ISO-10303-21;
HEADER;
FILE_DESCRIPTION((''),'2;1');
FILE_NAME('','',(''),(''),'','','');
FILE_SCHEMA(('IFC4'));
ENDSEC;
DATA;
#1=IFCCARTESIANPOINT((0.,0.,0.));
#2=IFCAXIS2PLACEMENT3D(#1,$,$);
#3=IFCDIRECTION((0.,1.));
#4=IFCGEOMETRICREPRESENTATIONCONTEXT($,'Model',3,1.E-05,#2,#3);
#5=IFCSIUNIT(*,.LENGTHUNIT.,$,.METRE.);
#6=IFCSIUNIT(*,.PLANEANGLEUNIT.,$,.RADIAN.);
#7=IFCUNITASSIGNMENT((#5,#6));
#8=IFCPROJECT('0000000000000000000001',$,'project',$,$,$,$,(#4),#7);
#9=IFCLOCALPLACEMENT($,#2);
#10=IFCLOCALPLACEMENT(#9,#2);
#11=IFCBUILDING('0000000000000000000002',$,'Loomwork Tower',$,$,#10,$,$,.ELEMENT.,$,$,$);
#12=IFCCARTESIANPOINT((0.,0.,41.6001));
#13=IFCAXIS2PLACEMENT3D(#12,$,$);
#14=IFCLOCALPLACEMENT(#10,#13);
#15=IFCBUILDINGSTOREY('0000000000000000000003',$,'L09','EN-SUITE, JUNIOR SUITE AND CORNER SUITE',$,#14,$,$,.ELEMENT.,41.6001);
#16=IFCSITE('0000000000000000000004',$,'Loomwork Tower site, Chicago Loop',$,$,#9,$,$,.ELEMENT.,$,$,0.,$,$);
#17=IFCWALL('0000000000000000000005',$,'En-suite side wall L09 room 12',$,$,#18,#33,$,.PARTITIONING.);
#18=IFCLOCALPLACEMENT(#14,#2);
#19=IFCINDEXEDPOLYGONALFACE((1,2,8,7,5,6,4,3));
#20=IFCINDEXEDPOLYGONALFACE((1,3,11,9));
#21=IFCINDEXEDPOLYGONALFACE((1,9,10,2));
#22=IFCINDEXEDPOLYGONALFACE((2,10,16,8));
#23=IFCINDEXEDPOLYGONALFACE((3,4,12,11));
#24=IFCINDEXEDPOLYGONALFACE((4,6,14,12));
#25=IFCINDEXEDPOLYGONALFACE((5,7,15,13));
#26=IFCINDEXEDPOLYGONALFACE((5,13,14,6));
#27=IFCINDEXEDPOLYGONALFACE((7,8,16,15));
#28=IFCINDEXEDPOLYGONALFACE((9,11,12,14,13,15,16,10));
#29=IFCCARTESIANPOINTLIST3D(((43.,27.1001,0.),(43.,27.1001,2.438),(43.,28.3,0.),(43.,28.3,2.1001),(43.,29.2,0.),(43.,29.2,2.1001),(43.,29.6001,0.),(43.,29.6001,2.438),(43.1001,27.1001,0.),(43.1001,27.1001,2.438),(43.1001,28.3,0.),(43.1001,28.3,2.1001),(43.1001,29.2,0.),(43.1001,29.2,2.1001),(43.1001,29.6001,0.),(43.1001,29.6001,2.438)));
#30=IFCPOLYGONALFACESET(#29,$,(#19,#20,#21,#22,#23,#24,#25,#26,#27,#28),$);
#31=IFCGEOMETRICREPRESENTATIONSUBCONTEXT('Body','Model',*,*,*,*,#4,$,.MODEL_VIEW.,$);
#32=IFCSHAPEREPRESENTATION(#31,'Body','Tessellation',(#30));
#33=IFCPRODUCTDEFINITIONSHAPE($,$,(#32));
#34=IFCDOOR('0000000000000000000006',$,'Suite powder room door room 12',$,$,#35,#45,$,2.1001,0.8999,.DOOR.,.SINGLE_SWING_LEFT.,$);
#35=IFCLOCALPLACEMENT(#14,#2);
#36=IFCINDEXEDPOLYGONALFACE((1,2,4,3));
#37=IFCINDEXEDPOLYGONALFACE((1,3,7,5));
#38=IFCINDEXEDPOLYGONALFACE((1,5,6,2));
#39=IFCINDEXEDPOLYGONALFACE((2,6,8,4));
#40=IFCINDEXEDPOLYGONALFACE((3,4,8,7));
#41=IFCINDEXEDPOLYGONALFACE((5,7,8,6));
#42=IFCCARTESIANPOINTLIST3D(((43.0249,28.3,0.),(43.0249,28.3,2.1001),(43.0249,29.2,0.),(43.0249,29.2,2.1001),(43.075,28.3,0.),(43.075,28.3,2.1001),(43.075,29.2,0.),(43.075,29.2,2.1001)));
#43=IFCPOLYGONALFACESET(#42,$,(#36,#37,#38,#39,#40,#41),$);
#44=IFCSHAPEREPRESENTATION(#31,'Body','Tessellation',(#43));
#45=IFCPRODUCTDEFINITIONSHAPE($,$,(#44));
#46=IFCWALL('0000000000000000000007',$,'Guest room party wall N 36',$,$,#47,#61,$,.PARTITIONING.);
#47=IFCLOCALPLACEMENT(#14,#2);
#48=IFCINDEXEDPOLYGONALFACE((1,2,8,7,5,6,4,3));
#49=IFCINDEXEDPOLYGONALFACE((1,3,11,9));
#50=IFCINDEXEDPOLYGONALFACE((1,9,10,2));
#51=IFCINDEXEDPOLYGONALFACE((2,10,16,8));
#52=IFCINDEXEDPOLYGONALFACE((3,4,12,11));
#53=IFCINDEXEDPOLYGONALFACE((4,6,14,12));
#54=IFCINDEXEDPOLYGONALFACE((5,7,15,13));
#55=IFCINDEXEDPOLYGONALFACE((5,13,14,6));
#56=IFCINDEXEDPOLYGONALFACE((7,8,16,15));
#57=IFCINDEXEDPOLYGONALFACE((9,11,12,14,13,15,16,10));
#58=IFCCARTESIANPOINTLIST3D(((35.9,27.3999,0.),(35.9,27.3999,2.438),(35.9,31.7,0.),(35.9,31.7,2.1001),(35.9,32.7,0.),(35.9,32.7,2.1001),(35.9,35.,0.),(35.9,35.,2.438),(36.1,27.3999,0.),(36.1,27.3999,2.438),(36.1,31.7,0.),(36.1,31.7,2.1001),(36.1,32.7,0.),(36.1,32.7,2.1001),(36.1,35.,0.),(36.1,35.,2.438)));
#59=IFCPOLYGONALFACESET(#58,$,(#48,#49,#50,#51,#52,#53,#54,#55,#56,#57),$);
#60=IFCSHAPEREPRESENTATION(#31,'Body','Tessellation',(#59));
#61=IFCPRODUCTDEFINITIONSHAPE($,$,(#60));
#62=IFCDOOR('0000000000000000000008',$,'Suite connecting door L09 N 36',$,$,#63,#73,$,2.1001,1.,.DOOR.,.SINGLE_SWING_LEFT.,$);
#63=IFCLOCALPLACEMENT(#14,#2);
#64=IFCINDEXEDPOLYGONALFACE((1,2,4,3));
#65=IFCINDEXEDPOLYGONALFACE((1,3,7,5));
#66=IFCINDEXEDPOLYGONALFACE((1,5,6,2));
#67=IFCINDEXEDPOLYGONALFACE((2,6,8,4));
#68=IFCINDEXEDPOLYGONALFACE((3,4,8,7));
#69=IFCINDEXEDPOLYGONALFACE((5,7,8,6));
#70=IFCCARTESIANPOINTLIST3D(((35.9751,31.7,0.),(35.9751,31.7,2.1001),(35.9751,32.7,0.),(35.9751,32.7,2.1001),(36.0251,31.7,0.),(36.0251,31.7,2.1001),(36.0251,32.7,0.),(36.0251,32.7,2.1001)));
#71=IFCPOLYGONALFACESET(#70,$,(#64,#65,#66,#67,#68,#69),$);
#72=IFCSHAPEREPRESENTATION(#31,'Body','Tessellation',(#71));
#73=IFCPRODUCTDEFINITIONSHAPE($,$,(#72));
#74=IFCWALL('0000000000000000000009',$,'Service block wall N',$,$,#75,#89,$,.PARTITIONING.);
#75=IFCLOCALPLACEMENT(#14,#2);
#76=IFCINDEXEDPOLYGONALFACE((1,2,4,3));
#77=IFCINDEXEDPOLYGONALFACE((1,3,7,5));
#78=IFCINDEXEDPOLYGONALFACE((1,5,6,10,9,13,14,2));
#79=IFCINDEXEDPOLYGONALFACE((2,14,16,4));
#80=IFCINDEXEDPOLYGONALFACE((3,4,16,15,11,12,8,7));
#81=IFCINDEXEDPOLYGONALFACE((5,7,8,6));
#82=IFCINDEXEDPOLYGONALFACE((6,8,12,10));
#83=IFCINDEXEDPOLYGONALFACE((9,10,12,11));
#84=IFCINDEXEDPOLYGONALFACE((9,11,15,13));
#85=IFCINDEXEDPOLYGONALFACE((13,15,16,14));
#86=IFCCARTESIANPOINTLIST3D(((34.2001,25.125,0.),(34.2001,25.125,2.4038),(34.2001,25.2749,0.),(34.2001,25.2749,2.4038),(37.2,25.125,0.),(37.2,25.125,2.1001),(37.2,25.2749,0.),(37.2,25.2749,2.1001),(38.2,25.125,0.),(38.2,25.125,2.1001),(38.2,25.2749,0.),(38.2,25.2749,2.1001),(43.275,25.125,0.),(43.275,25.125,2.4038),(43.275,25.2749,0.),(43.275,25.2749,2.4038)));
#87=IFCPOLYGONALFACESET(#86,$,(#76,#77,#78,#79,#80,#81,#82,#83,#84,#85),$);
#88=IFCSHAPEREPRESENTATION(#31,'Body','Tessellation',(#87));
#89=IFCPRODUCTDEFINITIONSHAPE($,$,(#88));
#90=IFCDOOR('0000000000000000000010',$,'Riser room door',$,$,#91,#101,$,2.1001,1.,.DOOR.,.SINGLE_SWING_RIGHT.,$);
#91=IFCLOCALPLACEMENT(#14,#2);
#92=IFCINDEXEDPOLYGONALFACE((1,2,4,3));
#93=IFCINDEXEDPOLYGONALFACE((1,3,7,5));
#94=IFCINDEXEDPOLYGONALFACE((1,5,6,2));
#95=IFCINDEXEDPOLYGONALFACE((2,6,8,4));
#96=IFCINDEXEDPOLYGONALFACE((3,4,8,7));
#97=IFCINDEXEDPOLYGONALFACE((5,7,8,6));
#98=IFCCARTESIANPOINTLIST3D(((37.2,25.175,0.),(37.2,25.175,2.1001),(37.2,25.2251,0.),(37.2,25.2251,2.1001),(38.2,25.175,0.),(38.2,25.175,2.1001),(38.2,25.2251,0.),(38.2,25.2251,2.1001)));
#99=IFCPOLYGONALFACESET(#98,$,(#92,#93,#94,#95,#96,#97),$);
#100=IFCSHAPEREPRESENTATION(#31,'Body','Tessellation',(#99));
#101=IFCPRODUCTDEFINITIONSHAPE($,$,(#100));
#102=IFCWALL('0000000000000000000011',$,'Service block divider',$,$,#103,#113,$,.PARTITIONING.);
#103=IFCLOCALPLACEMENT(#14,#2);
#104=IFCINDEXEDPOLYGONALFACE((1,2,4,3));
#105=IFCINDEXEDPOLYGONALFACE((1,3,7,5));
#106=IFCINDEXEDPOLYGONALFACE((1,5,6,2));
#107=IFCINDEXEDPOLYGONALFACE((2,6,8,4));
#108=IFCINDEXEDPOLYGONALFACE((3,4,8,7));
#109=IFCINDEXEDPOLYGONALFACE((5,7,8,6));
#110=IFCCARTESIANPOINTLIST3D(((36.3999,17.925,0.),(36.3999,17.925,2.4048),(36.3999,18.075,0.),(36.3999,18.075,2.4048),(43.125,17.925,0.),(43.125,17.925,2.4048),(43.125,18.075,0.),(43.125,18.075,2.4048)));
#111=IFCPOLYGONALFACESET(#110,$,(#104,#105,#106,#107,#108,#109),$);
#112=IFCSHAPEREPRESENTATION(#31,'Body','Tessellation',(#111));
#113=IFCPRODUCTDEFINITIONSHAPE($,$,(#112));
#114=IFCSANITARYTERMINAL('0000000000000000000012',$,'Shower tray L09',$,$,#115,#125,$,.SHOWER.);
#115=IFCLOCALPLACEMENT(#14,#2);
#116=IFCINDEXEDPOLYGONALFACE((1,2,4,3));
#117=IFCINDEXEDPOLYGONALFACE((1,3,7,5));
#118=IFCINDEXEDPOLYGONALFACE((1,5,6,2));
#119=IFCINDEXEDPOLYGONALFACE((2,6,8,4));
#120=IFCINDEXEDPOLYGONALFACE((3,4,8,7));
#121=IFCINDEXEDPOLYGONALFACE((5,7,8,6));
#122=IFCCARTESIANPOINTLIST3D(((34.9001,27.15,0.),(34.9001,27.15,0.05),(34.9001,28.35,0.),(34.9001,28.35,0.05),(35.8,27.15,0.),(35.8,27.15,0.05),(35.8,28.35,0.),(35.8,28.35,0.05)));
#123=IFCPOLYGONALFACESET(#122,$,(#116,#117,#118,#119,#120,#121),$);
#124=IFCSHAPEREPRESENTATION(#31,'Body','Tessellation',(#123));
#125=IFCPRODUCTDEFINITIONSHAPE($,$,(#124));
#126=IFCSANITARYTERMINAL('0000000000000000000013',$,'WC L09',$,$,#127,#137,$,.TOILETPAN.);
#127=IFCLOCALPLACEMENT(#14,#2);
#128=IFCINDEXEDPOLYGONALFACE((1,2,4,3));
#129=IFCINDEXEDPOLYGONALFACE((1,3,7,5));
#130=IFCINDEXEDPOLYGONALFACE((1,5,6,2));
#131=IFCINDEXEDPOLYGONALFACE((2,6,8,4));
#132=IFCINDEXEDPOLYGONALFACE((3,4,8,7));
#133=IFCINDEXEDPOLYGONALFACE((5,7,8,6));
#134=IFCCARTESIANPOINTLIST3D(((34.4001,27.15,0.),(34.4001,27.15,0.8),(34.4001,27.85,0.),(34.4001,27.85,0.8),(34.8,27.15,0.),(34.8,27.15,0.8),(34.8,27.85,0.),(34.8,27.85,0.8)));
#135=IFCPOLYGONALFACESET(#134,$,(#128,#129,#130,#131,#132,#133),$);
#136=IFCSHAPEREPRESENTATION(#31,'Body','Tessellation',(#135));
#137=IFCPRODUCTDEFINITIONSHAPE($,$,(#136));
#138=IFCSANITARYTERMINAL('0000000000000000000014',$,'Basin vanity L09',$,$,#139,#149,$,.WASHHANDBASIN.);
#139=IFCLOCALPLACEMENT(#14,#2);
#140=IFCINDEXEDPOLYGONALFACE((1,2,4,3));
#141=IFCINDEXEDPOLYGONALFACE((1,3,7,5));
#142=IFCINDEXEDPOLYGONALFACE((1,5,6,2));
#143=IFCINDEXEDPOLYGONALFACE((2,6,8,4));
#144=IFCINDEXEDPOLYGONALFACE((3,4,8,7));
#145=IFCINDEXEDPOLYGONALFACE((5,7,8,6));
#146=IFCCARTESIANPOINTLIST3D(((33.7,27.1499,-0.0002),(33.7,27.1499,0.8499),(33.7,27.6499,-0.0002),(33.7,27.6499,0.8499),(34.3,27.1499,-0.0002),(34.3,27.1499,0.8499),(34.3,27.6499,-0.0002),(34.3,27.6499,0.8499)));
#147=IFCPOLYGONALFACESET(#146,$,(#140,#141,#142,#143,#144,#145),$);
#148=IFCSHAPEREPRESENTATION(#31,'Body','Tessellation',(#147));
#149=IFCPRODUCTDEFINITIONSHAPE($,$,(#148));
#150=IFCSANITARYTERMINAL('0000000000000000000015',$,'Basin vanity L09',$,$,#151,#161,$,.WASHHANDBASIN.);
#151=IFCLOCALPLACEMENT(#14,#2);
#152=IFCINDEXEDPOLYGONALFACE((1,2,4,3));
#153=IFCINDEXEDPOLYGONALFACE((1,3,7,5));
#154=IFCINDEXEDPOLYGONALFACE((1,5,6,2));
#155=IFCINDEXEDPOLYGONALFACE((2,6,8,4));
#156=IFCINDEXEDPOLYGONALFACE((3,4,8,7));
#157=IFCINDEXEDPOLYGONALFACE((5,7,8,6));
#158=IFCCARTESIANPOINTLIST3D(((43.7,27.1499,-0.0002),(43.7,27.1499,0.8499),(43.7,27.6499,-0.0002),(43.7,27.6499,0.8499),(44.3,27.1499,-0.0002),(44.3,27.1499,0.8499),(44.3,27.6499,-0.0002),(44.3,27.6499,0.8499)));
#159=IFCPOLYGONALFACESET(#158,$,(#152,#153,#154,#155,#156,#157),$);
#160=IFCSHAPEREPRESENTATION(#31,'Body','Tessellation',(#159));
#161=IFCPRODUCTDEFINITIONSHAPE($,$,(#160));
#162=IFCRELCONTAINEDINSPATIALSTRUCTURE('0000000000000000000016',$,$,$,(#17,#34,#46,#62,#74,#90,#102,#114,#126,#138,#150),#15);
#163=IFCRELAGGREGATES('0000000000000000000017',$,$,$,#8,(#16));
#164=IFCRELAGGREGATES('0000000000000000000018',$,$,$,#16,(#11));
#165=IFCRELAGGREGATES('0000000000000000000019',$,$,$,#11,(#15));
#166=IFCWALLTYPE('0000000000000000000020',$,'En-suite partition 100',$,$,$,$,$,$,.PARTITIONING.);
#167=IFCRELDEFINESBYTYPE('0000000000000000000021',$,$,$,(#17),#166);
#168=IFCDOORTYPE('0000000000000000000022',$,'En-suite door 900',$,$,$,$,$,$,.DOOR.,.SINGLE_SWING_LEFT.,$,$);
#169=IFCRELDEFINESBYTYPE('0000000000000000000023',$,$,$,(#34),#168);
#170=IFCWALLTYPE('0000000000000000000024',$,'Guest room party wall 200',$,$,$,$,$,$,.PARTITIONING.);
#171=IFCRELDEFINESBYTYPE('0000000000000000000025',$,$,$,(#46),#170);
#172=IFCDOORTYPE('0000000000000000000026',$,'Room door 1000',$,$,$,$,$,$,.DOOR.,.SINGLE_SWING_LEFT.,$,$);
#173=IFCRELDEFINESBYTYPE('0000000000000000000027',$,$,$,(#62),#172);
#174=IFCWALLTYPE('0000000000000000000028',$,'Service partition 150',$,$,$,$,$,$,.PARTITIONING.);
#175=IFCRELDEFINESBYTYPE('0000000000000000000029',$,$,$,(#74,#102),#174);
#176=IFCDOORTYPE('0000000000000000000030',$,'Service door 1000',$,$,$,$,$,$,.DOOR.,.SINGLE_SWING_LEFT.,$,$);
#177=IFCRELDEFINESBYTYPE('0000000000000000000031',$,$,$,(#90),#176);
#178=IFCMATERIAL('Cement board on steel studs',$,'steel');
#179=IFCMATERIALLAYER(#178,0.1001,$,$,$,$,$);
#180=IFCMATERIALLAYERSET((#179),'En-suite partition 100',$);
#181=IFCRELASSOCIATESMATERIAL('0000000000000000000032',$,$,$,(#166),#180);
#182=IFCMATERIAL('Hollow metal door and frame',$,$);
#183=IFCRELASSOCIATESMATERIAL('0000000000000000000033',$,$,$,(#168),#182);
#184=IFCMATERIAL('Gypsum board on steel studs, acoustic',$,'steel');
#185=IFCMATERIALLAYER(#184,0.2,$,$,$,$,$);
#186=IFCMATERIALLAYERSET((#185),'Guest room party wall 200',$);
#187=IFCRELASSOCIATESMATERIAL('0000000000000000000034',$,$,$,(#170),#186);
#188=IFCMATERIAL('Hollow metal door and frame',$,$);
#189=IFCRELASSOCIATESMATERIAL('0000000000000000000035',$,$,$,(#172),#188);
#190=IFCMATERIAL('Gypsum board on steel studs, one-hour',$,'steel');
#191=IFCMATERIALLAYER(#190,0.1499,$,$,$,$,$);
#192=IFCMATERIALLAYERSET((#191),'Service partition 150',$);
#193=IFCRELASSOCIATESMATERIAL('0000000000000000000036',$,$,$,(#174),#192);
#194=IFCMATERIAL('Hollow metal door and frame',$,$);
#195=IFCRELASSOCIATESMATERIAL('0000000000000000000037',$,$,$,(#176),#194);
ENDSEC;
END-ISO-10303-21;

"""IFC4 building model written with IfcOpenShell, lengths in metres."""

from ifc_helpers import new_model, si_unit, direction, frame, frame_2d, origin, origin_2d, place, context, subcontext, project, spatial, rectangle, extrude, material, layer, layer_set, type_object, element, fill, save


model = new_model("IFC4")

# Units and contexts
model_context = context("Model", 3, precision=1e-05, world=origin(), true_north=direction((0.0, 1.0)))
body_context = subcontext(model_context, "Body", "Model", "MODEL_VIEW")
ifc_project = project(units=[si_unit("LENGTHUNIT", "METRE"), si_unit("PLANEANGLEUNIT", "RADIAN")], contexts=[model_context])

# Site, building, storey
site_placement = place(None, origin())
site = spatial("IfcSite", under=ifc_project, at=site_placement, Name="Loomwork Tower site, Chicago Loop", CompositionType="ELEMENT", RefElevation=0.0)
building_placement = place(site_placement, origin())
building = spatial("IfcBuilding", under=site, at=building_placement, Name="Loomwork Tower", CompositionType="ELEMENT")
storey_placement = place(building_placement, frame((0.0, 0.0, 41.6001)))
storey = spatial("IfcBuildingStorey", under=building, at=storey_placement, Name="L09", Description="EN-SUITE, JUNIOR SUITE AND CORNER SUITE", CompositionType="ELEMENT", Elevation=41.6001)

# Shared definitions
ifc_material_1 = material(Name="Cement board on steel studs", Category="steel")
ifc_layer_1 = layer(ifc_material_1, 0.1001)
ifc_layer_set_1 = layer_set([ifc_layer_1], Name="En-suite partition 100")
wall_type_1 = type_object("IfcWallType", Name="En-suite partition 100", PredefinedType="PARTITIONING", material=ifc_layer_set_1)

# Walls, openings, doors
wall_1_placement = place(storey_placement, frame((43.05, 27.1001, 0.0), z_axis=(0.0, 0.0, 1.0), x_axis=(0.0, 1.0, 0.0)))
wall_1 = element("IfcWall", 1, at=wall_1_placement, inside=storey, type_object=wall_type_1, Name="En-suite side wall L09 room 12", PredefinedType="PARTITIONING", context=body_context, shape_type="SweptSolid", body=[
    extrude(rectangle(XDim=2.5, YDim=0.1001, at=frame_2d((1.25, 0.0))), origin(), (0.0, 0.0, 1.0), 2.438),
])
opening_1_placement = place(wall_1_placement, frame((1.2, 0.0, 0.0)))
opening_1 = element("IfcOpeningElement", 2, at=opening_1_placement, cuts=wall_1, PredefinedType="OPENING", context=body_context, shape_type="SweptSolid", body=[
    extrude(rectangle(XDim=0.8999, YDim=2.1001, at=frame_2d((0.45, 1.05))), frame((0.0, 0.0601, 0.0), z_axis=(0.0, -1.0, 0.0), x_axis=(1.0, 0.0, 0.0)), (0.0, 0.0, 1.0), 0.1201),
])
ifc_material_2 = material(Name="Hollow metal door and frame")
door_type_1 = type_object("IfcDoorType", Name="En-suite door 900", OperationType="SINGLE_SWING_LEFT", PredefinedType="DOOR", material=ifc_material_2)
door_1_placement = place(opening_1_placement, frame((0.8999, 0.0, 0.0), z_axis=(0.0, 0.0, 1.0), x_axis=(-1.0, 0.0, 0.0)))
door_1 = element("IfcDoor", 3, at=door_1_placement, inside=storey, type_object=door_type_1, Name="Suite powder room door room 12", OperationType="SINGLE_SWING_LEFT", OverallHeight=2.1001, OverallWidth=0.8999, PredefinedType="DOOR", context=body_context, shape_type="SweptSolid", body=[
    extrude(rectangle(XDim=0.8999, YDim=2.1001, at=frame_2d((0.45, 1.05))), frame((0.0, 0.0249, 0.0), z_axis=(0.0, -1.0, 0.0), x_axis=(1.0, 0.0, 0.0)), (0.0, 0.0, 1.0), 0.05),
])
fill(opening_1, door_1)
ifc_material_3 = material(Name="Gypsum board on steel studs, acoustic", Category="steel")
ifc_layer_2 = layer(ifc_material_3, 0.2)
ifc_layer_set_2 = layer_set([ifc_layer_2], Name="Guest room party wall 200")
wall_type_2 = type_object("IfcWallType", Name="Guest room party wall 200", PredefinedType="PARTITIONING", material=ifc_layer_set_2)
wall_2_placement = place(storey_placement, frame((36.0, 27.3999, 0.0), z_axis=(0.0, 0.0, 1.0), x_axis=(0.0, 1.0, 0.0)))
wall_2 = element("IfcWall", 4, at=wall_2_placement, inside=storey, type_object=wall_type_2, Name="Guest room party wall N 36", PredefinedType="PARTITIONING", context=body_context, shape_type="SweptSolid", body=[
    extrude(rectangle(XDim=7.6001, YDim=0.2, at=frame_2d((3.8, 0.0))), origin(), (0.0, 0.0, 1.0), 2.438),
])
opening_2_placement = place(wall_2_placement, frame((4.3, 0.0, 0.0)))
opening_2 = element("IfcOpeningElement", 5, at=opening_2_placement, cuts=wall_2, PredefinedType="OPENING", context=body_context, shape_type="SweptSolid", body=[
    extrude(rectangle(XDim=1.0, YDim=2.1001, at=frame_2d((0.5, 1.05))), frame((0.0, 0.1099, 0.0), z_axis=(0.0, -1.0, 0.0), x_axis=(1.0, 0.0, 0.0)), (0.0, 0.0, 1.0), 0.22),
])
ifc_material_4 = material(Name="Hollow metal door and frame")
door_type_2 = type_object("IfcDoorType", Name="Room door 1000", OperationType="SINGLE_SWING_LEFT", PredefinedType="DOOR", material=ifc_material_4)
door_2_placement = place(opening_2_placement, origin())
door_2 = element("IfcDoor", 6, at=door_2_placement, inside=storey, type_object=door_type_2, Name="Suite connecting door L09 N 36", OperationType="SINGLE_SWING_LEFT", OverallHeight=2.1001, OverallWidth=1.0, PredefinedType="DOOR", context=body_context, shape_type="SweptSolid", body=[
    extrude(rectangle(XDim=1.0, YDim=2.1001, at=frame_2d((0.5, 1.05))), frame((0.0, 0.0249, 0.0), z_axis=(0.0, -1.0, 0.0), x_axis=(1.0, 0.0, 0.0)), (0.0, 0.0, 1.0), 0.05),
])
fill(opening_2, door_2)
ifc_material_5 = material(Name="Gypsum board on steel studs, one-hour", Category="steel")
ifc_layer_3 = layer(ifc_material_5, 0.1499)
ifc_layer_set_3 = layer_set([ifc_layer_3], Name="Service partition 150")
wall_type_3 = type_object("IfcWallType", Name="Service partition 150", PredefinedType="PARTITIONING", material=ifc_layer_set_3)
wall_3_placement = place(storey_placement, frame((34.2, 25.2, 0.0), z_axis=(0.0, 0.0, 1.0), x_axis=(1.0, 0.0, 0.0)))
wall_3 = element("IfcWall", 7, at=wall_3_placement, inside=storey, type_object=wall_type_3, Name="Service block wall N", PredefinedType="PARTITIONING", context=body_context, shape_type="SweptSolid", body=[
    extrude(rectangle(XDim=9.075, YDim=0.1499, at=frame_2d((4.5376, 0.0))), origin(), (0.0, 0.0, 1.0), 2.4038),
])
opening_3_placement = place(wall_3_placement, frame((3.0, 0.0, 0.0)))
opening_3 = element("IfcOpeningElement", 8, at=opening_3_placement, cuts=wall_3, PredefinedType="OPENING", context=body_context, shape_type="SweptSolid", body=[
    extrude(rectangle(XDim=1.0, YDim=2.1001, at=frame_2d((0.5, 1.05))), frame((0.0, 0.085, 0.0), z_axis=(0.0, -1.0, 0.0), x_axis=(1.0, 0.0, 0.0)), (0.0, 0.0, 1.0), 0.1699),
])
ifc_material_6 = material(Name="Hollow metal door and frame")
door_type_3 = type_object("IfcDoorType", Name="Service door 1000", OperationType="SINGLE_SWING_LEFT", PredefinedType="DOOR", material=ifc_material_6)
door_3_placement = place(opening_3_placement, frame((1.0, 0.0, 0.0), z_axis=(0.0, 0.0, 1.0), x_axis=(-1.0, 0.0, 0.0)))
door_3 = element("IfcDoor", 9, at=door_3_placement, inside=storey, type_object=door_type_3, Name="Riser room door", OperationType="SINGLE_SWING_RIGHT", OverallHeight=2.1001, OverallWidth=1.0, PredefinedType="DOOR", context=body_context, shape_type="SweptSolid", body=[
    extrude(rectangle(XDim=1.0, YDim=2.1001, at=frame_2d((0.5, 1.05))), frame((0.0, 0.0249, 0.0), z_axis=(0.0, -1.0, 0.0), x_axis=(1.0, 0.0, 0.0)), (0.0, 0.0, 1.0), 0.05),
])
fill(opening_3, door_3)

# Wall
wall_4_placement = place(storey_placement, frame((36.3999, 18.0, 0.0), z_axis=(0.0, 0.0, 1.0), x_axis=(1.0, 0.0, 0.0)))
element("IfcWall", 10, at=wall_4_placement, inside=storey, type_object=wall_type_3, Name="Service block divider", PredefinedType="PARTITIONING", context=body_context, shape_type="SweptSolid", body=[
    extrude(rectangle(XDim=6.7251, YDim=0.1499, at=frame_2d((3.3625, 0.0))), origin(), (0.0, 0.0, 1.0), 2.4048),
])

# Sanitary terminals
sanitary_terminal_1_placement = place(storey_placement, frame((35.3501, 27.75, 0.0), z_axis=(0.0, 0.0, 1.0), x_axis=(1.0, 0.0, 0.0)))
element("IfcSanitaryTerminal", 11, at=sanitary_terminal_1_placement, inside=storey, Name="Shower tray L09", PredefinedType="SHOWER", context=body_context, shape_type="SweptSolid", body=[
    extrude(rectangle(XDim=0.8999, YDim=1.2, at=origin_2d()), origin(), (0.0, 0.0, 1.0), 0.05),
])
sanitary_terminal_2_placement = place(storey_placement, frame((34.6001, 27.5, 0.0), z_axis=(0.0, 0.0, 1.0), x_axis=(1.0, 0.0, 0.0)))
element("IfcSanitaryTerminal", 12, at=sanitary_terminal_2_placement, inside=storey, Name="WC L09", PredefinedType="TOILETPAN", context=body_context, shape_type="SweptSolid", body=[
    extrude(rectangle(XDim=0.3999, YDim=0.7, at=origin_2d()), origin(), (0.0, 0.0, 1.0), 0.8),
])
for number, where, z_axis, x_axis, name in (
    (13, (34.0, 27.3999, -0.0002), (0.0, 0.0, 1.0), (1.0, 0.0, 0.0), "Basin vanity L09"),
    (14, (44.0, 27.3999, -0.0002), (0.0, 0.0, 1.0), (1.0, 0.0, 0.0), "Basin vanity L09"),
):
    element("IfcSanitaryTerminal", number, at=place(storey_placement, frame(where, z_axis=z_axis, x_axis=x_axis)), inside=storey, Name=name, PredefinedType="WASHHANDBASIN", context=body_context, shape_type="SweptSolid", body=[
        extrude(rectangle(XDim=0.6001, YDim=0.5, at=origin_2d()), origin(), (0.0, 0.0, 1.0), 0.8501),
    ])

save(model, "model.ifc")
